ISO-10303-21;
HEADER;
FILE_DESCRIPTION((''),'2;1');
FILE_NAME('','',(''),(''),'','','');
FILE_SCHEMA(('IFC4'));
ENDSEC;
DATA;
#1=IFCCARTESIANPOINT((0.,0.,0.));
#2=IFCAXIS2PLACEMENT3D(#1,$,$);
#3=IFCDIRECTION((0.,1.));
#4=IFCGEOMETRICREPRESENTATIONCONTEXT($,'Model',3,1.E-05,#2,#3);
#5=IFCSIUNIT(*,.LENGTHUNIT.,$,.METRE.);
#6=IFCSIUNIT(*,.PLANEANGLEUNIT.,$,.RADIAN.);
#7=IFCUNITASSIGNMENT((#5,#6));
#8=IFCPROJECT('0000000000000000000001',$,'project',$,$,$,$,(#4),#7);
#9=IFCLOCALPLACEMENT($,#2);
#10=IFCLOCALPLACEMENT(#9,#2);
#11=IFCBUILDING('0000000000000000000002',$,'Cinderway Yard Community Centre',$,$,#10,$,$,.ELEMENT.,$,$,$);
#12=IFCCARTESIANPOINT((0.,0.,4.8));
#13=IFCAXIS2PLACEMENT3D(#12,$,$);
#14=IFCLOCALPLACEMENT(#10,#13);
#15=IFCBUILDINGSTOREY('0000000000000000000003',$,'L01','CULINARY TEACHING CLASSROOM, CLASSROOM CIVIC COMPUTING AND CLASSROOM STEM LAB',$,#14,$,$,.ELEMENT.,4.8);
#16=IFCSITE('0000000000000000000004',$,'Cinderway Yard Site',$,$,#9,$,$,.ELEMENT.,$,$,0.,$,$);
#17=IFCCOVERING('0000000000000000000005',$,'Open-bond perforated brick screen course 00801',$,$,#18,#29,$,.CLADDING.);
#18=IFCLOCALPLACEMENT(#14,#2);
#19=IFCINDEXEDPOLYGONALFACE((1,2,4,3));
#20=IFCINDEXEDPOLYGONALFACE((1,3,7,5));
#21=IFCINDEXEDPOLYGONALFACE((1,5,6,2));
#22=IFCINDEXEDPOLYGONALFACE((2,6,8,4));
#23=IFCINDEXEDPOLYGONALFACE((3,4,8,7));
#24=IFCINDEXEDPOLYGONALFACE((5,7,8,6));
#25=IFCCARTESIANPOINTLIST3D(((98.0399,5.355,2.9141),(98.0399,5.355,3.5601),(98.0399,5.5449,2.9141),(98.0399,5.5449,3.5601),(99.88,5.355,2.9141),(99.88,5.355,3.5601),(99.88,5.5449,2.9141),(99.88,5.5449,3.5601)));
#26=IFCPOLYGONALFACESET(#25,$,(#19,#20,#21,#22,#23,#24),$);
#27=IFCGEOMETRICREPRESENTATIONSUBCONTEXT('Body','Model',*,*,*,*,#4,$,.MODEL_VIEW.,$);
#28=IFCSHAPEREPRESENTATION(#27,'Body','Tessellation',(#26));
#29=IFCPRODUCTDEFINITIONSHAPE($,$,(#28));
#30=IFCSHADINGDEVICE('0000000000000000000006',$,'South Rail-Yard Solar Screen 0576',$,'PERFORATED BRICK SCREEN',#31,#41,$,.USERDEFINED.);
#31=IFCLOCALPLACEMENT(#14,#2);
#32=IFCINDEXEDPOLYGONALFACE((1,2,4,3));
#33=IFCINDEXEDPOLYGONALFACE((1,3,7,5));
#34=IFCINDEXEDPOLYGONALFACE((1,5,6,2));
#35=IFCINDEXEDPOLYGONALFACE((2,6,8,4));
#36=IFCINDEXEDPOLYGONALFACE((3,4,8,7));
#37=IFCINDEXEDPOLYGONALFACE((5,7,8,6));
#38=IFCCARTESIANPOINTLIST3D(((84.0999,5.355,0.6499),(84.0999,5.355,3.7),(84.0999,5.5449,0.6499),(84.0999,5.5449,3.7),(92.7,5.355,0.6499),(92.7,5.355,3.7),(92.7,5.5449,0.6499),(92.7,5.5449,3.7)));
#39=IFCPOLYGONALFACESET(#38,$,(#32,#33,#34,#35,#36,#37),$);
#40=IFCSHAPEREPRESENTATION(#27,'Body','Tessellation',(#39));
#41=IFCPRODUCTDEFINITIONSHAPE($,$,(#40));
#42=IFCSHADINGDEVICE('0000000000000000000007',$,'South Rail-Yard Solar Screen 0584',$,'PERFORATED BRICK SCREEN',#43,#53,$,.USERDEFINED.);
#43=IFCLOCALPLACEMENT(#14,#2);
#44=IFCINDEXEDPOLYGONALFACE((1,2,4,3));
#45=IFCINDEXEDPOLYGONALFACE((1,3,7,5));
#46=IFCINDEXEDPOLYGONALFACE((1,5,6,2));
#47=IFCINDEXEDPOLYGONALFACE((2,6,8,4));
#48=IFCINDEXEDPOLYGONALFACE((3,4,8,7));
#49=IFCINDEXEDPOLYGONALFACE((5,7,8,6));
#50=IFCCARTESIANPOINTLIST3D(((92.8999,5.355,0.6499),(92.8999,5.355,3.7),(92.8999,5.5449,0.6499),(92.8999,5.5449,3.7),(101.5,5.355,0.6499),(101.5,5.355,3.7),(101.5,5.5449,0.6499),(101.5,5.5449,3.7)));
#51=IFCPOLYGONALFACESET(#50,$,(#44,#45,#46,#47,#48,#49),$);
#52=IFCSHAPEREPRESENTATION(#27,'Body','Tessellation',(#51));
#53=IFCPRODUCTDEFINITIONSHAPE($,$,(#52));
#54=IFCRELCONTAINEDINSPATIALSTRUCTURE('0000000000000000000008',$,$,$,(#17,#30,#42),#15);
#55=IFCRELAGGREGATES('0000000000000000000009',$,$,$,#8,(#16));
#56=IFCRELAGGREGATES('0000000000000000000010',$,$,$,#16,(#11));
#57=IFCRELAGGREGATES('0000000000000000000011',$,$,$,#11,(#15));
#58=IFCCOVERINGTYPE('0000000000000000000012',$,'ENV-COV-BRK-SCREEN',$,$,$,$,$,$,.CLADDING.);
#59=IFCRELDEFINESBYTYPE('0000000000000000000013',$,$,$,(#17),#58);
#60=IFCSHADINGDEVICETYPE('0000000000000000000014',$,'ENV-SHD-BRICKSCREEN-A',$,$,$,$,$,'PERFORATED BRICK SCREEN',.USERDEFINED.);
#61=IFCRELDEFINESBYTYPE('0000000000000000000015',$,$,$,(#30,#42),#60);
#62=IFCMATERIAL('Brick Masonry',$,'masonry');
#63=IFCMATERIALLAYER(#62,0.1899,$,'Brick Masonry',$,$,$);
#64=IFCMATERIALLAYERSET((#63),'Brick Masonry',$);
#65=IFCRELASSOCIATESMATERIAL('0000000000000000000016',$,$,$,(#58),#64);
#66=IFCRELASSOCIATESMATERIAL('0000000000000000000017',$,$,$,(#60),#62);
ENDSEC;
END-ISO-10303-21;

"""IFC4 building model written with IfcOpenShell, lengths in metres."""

from ifc_helpers import new_model, si_unit, direction, frame, origin, origin_2d, place, context, subcontext, project, spatial, rectangle, extrude, material, layer, layer_set, type_object, element, save


model = new_model("IFC4")

# Units and contexts
model_context = context("Model", 3, precision=1e-05, world=origin(), true_north=direction((0.0, 1.0)))
body_context = subcontext(model_context, "Body", "Model", "MODEL_VIEW")
ifc_project = project(units=[si_unit("LENGTHUNIT", "METRE"), si_unit("PLANEANGLEUNIT", "RADIAN")], contexts=[model_context])

# Site, building, storey
site_placement = place(None, origin())
site = spatial("IfcSite", under=ifc_project, at=site_placement, Name="Cinderway Yard Site", CompositionType="ELEMENT", RefElevation=0.0)
building_placement = place(site_placement, origin())
building = spatial("IfcBuilding", under=site, at=building_placement, Name="Cinderway Yard Community Centre", CompositionType="ELEMENT")
storey_placement = place(building_placement, frame((0.0, 0.0, 4.8)))
storey = spatial("IfcBuildingStorey", under=building, at=storey_placement, Name="L01", Description="CULINARY TEACHING CLASSROOM, CLASSROOM CIVIC COMPUTING AND CLASSROOM STEM LAB", CompositionType="ELEMENT", Elevation=4.8)

# Covering
ifc_material_1 = material(Name="Brick Masonry", Category="masonry")
ifc_layer_1 = layer(ifc_material_1, 0.1899, Name="Brick Masonry")
ifc_layer_set_1 = layer_set([ifc_layer_1], Name="Brick Masonry")
covering_type = type_object("IfcCoveringType", Name="ENV-COV-BRK-SCREEN", PredefinedType="CLADDING", material=ifc_layer_set_1)
for number, where, z_axis, x_axis, name in (
    (1, (98.96, 5.45, 2.9141), (0.0, 0.0, 1.0), (-1.0, 0.0, 0.0), "Open-bond perforated brick screen course 00801"),
):
    element("IfcCovering", number, at=place(storey_placement, frame(where, z_axis=z_axis, x_axis=x_axis)), inside=storey, type_object=covering_type, Name=name, PredefinedType="CLADDING", context=body_context, shape_type="SweptSolid", body=[
        extrude(rectangle(XDim=1.8401, YDim=0.1899, at=origin_2d()), origin(), (0.0, 0.0, 1.0), 0.646),
    ])

# Shading devices
shading_device_type = type_object("IfcShadingDeviceType", Name="ENV-SHD-BRICKSCREEN-A", ElementType="PERFORATED BRICK SCREEN", PredefinedType="USERDEFINED", material=ifc_material_1)
for number, where, z_axis, x_axis, name in (
    (2, (88.3999, 5.45, 0.6499), (0.0, 0.0, 1.0), (-1.0, 0.0, 0.0), "South Rail-Yard Solar Screen 0576"),
    (3, (97.2, 5.45, 0.6499), (0.0, 0.0, 1.0), (-1.0, 0.0, 0.0), "South Rail-Yard Solar Screen 0584"),
):
    element("IfcShadingDevice", number, at=place(storey_placement, frame(where, z_axis=z_axis, x_axis=x_axis)), inside=storey, type_object=shading_device_type, Name=name, ObjectType="PERFORATED BRICK SCREEN", PredefinedType="USERDEFINED", context=body_context, shape_type="SweptSolid", body=[
        extrude(rectangle(XDim=8.6001, YDim=0.1899, at=origin_2d()), origin(), (0.0, 0.0, 1.0), 3.05),
    ])

save(model, "model.ifc")
